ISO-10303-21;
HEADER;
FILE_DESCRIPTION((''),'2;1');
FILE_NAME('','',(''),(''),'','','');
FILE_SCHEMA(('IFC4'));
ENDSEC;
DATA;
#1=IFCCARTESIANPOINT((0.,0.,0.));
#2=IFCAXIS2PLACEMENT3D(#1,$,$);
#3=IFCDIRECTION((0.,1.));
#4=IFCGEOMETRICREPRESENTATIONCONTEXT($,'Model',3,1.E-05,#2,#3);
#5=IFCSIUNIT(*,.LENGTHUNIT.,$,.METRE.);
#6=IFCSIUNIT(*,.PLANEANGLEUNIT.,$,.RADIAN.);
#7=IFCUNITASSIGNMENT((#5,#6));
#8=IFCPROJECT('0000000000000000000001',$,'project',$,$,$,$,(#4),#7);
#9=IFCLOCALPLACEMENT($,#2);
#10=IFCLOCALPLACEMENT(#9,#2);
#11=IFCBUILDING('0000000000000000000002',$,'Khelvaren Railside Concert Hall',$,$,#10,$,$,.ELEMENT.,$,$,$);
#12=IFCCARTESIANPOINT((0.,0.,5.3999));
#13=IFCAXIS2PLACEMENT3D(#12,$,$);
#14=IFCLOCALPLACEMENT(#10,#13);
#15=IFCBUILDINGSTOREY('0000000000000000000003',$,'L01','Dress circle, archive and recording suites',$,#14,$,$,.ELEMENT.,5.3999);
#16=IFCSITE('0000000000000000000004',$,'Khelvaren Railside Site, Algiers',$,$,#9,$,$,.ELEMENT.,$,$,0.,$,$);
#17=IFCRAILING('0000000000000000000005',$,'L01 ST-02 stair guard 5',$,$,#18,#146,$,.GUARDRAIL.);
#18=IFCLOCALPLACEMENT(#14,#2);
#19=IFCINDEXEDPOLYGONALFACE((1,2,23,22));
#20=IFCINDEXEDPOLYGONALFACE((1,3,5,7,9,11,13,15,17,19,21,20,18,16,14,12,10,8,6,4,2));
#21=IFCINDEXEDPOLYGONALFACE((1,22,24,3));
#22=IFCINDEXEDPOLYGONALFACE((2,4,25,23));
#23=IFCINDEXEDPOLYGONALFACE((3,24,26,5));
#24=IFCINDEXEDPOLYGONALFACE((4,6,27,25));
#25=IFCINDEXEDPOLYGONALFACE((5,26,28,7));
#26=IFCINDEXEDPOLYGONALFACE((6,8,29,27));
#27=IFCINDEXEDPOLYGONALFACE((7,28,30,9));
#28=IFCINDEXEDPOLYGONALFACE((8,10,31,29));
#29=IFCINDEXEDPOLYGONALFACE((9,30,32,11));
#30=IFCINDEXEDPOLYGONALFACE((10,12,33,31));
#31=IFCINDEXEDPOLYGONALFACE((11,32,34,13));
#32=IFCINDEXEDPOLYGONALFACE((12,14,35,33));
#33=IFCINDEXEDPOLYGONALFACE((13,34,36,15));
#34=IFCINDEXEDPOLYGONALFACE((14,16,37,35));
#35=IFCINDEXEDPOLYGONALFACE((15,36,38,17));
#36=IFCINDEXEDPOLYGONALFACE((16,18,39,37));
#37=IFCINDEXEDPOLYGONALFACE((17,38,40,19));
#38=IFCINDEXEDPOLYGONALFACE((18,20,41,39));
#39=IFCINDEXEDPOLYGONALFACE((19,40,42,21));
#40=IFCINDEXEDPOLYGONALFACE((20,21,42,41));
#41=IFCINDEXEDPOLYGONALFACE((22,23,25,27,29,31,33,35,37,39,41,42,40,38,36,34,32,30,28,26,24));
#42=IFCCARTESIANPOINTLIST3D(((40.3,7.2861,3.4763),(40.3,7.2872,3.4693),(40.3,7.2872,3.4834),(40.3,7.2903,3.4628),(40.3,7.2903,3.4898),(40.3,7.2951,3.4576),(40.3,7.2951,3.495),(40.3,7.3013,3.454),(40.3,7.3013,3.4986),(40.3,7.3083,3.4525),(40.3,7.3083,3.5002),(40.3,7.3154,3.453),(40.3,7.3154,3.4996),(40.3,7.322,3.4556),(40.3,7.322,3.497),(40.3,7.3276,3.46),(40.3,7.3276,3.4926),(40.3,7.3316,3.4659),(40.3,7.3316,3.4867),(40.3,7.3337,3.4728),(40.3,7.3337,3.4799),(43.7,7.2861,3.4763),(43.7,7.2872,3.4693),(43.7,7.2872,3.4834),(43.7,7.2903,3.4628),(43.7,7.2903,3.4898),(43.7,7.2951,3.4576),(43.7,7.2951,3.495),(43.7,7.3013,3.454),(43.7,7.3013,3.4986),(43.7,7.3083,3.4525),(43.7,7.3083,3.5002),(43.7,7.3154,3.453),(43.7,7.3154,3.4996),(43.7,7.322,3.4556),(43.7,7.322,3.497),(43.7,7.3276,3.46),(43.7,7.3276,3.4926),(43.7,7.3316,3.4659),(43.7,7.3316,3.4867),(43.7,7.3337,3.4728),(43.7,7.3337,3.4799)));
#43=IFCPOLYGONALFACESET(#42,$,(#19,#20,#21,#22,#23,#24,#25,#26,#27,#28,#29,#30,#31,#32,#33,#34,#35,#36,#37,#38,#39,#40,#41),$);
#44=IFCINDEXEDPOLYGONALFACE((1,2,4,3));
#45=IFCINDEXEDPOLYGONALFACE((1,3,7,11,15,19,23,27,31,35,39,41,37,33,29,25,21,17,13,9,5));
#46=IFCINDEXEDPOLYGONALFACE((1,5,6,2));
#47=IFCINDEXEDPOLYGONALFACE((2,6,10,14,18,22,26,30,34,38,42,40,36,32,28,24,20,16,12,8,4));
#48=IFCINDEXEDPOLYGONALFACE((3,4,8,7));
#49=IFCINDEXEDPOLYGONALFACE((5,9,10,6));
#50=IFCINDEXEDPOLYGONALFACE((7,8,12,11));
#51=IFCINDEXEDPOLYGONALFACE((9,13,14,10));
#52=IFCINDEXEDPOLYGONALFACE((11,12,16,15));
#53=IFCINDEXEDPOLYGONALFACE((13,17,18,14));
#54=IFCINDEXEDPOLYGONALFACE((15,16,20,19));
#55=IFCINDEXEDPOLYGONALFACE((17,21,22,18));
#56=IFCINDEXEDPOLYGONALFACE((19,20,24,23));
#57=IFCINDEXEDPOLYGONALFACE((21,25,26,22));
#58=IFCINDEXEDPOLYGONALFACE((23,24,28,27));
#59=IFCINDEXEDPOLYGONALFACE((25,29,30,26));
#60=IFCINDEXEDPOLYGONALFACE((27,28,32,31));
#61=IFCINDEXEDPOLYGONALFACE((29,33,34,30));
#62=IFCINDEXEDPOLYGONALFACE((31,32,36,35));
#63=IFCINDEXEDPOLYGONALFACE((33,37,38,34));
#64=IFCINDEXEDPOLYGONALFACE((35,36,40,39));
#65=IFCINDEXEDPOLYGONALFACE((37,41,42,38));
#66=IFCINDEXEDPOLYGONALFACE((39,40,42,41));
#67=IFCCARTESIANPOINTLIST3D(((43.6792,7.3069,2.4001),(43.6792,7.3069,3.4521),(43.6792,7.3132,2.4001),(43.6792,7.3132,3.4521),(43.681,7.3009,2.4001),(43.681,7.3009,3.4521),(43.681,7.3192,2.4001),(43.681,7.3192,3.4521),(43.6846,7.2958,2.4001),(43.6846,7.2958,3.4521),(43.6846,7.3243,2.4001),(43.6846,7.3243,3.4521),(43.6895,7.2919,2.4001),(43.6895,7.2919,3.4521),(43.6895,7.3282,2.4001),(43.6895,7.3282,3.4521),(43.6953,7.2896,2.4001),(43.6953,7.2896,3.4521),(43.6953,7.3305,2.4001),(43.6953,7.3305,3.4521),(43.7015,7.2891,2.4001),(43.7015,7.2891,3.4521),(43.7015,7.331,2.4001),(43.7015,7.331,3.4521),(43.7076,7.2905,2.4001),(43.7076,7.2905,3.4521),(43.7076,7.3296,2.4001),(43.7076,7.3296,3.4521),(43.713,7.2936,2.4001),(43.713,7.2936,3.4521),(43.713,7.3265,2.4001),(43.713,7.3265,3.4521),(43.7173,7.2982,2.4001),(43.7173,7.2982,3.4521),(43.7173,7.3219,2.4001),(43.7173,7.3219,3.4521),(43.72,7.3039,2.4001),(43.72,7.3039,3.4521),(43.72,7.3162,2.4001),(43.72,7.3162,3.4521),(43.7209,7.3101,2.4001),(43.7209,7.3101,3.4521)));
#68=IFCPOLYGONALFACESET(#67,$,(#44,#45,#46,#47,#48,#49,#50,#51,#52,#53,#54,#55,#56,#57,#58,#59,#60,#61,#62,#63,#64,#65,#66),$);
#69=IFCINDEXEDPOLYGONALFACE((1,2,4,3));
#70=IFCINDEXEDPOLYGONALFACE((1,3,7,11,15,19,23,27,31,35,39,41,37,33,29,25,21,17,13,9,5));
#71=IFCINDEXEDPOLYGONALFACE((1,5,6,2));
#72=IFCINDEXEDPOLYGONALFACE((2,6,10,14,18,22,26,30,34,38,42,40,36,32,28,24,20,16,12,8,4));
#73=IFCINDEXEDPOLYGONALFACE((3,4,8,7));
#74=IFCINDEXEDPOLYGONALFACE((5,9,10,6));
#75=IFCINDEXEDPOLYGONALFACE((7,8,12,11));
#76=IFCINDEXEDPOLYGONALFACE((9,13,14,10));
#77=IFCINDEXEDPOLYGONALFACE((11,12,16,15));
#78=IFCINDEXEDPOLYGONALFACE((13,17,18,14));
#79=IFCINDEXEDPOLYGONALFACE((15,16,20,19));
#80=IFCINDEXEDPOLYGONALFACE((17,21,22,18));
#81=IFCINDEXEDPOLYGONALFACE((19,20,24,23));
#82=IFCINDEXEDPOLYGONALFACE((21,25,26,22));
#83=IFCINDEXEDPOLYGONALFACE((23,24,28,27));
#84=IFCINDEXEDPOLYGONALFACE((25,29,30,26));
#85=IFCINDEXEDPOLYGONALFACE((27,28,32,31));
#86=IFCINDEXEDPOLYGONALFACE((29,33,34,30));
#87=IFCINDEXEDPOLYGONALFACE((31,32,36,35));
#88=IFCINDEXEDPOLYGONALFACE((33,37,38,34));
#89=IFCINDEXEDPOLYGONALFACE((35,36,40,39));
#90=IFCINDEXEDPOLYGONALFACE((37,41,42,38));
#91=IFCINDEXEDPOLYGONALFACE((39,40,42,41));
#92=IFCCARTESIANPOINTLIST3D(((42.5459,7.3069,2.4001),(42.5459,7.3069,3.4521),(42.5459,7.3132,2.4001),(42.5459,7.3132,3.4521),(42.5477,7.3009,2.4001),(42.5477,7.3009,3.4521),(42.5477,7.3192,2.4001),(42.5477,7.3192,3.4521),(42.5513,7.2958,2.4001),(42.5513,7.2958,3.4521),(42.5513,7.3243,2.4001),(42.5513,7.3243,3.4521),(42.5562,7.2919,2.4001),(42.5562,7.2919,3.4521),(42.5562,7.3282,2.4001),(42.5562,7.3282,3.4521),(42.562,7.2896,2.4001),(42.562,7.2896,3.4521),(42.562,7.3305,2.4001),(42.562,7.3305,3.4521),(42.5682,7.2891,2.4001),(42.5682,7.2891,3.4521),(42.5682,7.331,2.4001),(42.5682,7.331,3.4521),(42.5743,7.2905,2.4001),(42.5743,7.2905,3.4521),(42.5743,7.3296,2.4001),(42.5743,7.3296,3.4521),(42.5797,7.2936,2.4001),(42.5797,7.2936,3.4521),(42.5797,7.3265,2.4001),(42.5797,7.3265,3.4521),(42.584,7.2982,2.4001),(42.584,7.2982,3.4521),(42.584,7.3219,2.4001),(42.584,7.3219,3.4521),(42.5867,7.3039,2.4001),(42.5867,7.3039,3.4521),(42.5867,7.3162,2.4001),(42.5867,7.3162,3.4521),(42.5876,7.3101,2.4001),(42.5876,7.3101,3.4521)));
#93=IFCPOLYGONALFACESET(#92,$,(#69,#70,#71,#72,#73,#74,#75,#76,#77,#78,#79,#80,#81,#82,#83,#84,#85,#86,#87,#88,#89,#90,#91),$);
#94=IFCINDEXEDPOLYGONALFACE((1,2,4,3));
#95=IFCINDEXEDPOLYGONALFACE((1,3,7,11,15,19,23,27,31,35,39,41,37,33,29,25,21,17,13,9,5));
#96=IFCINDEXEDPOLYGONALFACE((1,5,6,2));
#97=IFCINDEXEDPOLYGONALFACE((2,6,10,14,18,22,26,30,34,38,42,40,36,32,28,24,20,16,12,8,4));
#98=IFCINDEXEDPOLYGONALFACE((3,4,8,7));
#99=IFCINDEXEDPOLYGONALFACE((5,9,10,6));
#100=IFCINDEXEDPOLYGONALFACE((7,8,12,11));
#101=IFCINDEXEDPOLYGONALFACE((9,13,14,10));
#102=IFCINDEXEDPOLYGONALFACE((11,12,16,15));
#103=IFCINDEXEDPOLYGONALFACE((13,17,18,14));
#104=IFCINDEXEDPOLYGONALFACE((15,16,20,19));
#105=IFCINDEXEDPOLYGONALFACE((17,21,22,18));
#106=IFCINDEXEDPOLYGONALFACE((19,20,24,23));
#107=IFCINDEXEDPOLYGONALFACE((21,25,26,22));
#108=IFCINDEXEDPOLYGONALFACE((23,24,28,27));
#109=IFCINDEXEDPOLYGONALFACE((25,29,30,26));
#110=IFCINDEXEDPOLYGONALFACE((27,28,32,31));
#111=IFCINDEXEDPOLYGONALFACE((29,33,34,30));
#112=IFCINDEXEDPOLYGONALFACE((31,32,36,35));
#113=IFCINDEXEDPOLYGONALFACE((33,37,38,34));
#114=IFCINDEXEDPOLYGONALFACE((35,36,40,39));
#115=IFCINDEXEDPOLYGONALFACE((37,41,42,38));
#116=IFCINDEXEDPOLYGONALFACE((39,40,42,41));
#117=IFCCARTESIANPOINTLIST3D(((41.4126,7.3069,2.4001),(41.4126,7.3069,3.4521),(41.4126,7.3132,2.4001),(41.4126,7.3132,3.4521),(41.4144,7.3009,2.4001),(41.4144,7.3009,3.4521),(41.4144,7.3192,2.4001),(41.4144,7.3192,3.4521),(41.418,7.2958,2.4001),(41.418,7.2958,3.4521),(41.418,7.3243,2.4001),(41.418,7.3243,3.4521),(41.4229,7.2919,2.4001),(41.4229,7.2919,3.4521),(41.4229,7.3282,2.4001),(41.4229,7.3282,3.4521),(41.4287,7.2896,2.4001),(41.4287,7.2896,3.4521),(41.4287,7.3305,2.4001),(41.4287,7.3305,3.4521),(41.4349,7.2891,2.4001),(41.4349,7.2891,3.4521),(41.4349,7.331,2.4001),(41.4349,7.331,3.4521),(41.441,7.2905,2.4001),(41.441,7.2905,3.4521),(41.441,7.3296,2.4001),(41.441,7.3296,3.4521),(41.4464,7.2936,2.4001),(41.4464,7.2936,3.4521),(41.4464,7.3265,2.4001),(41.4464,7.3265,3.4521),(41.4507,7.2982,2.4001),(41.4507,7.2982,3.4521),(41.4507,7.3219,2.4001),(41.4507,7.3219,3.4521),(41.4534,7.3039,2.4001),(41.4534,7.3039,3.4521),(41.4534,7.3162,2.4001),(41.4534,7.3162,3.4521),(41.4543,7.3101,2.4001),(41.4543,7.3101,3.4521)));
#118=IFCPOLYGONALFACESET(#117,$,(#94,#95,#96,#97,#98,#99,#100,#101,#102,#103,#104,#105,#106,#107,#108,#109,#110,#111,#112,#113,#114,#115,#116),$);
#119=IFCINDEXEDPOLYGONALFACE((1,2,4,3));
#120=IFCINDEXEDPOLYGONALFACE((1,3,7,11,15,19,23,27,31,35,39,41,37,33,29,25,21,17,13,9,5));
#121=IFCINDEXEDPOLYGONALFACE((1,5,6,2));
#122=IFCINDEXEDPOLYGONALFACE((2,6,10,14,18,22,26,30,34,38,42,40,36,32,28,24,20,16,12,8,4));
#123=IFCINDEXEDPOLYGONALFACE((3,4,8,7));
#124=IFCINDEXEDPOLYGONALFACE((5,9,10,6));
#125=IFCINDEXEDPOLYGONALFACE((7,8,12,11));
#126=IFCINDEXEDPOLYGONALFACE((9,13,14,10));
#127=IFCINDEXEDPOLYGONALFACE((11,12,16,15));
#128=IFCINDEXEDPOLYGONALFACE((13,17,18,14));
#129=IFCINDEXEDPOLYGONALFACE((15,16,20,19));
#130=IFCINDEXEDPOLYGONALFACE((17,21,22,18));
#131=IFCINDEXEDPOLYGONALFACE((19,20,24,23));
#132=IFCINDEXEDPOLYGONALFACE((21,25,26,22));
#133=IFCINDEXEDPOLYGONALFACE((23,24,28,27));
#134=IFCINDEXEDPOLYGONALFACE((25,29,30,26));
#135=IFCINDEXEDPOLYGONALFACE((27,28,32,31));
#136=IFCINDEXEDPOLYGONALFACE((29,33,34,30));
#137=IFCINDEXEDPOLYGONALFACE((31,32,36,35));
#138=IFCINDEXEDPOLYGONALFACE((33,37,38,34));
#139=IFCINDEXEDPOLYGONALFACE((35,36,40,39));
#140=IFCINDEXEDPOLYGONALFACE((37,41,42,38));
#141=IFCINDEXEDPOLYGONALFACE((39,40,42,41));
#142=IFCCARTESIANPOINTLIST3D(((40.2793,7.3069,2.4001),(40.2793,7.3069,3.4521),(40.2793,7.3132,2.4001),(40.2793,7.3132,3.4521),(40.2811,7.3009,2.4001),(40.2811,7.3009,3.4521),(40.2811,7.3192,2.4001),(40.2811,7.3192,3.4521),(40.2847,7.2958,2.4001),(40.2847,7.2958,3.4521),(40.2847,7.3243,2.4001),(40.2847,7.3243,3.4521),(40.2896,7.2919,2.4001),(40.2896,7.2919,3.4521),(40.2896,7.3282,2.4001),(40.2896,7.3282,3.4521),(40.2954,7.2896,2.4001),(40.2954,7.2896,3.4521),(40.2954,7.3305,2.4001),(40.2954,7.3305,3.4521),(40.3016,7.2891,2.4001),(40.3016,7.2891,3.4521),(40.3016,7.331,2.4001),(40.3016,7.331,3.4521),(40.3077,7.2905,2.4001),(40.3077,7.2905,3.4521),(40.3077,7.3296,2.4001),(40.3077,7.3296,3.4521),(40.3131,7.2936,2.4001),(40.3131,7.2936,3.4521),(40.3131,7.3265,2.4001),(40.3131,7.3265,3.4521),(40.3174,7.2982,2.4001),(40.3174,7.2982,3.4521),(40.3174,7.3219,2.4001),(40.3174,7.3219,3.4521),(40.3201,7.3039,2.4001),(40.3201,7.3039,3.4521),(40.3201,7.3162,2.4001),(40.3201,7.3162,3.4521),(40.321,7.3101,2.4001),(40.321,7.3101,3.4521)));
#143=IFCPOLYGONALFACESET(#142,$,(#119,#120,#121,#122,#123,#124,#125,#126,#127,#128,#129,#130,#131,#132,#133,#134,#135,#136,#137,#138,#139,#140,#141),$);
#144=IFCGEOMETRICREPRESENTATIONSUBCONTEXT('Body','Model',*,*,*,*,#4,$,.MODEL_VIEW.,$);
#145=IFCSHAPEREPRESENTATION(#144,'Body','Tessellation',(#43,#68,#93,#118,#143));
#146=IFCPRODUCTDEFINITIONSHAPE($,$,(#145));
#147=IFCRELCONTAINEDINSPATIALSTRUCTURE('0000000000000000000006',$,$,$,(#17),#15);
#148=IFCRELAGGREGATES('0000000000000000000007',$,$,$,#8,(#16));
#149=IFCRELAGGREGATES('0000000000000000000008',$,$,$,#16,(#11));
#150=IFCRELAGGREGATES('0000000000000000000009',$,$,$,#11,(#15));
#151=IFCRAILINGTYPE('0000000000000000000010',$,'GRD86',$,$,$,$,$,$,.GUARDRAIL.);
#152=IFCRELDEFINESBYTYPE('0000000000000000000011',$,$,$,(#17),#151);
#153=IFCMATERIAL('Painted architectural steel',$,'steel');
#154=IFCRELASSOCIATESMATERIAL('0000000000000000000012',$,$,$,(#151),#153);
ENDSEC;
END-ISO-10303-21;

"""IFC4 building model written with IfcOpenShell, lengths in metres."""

from ifc_helpers import new_model, si_unit, direction, frame, origin, origin_2d, place, context, subcontext, project, spatial, circle, extrude, material, type_object, element, save


model = new_model("IFC4")

# Units and contexts
model_context = context("Model", 3, precision=1e-05, world=origin(), true_north=direction((0.0, 1.0)))
body_context = subcontext(model_context, "Body", "Model", "MODEL_VIEW")
ifc_project = project(units=[si_unit("LENGTHUNIT", "METRE"), si_unit("PLANEANGLEUNIT", "RADIAN")], contexts=[model_context])

# Site, building, storey
site_placement = place(None, origin())
site = spatial("IfcSite", under=ifc_project, at=site_placement, Name="Khelvaren Railside Site, Algiers", CompositionType="ELEMENT", RefElevation=0.0)
building_placement = place(site_placement, origin())
building = spatial("IfcBuilding", under=site, at=building_placement, Name="Khelvaren Railside Concert Hall", CompositionType="ELEMENT")
storey_placement = place(building_placement, frame((0.0, 0.0, 5.3999)))
storey = spatial("IfcBuildingStorey", under=building, at=storey_placement, Name="L01", Description="Dress circle, archive and recording suites", CompositionType="ELEMENT", Elevation=5.3999)

# Railing
ifc_material_1 = material(Name="Painted architectural steel", Category="steel")
railing_type = type_object("IfcRailingType", Name="GRD86", PredefinedType="GUARDRAIL", material=ifc_material_1)
railing_1_placement = place(storey_placement, frame((43.7, 7.3101, 2.4001)))
element("IfcRailing", 1, at=railing_1_placement, inside=storey, type_object=railing_type, Name="L01 ST-02 stair guard 5", PredefinedType="GUARDRAIL", context=body_context, shape_type="SweptSolid", body=[
    extrude(circle(Radius=0.0239, at=origin_2d()), frame((0.0, 0.0, 1.0762), z_axis=(-1.0, 0.0, 0.0), x_axis=(0.0, -1.0, 0.0)), (0.0, 0.0, 1.0), 3.3999),
    extrude(circle(Radius=0.021, at=origin_2d()), origin(), (0.0, 0.0, 1.0), 1.052),
    extrude(circle(Radius=0.021, at=origin_2d()), frame((-1.1333, 0.0, 0.0)), (0.0, 0.0, 1.0), 1.052),
    extrude(circle(Radius=0.021, at=origin_2d()), frame((-2.2666, 0.0, 0.0)), (0.0, 0.0, 1.0), 1.052),
    extrude(circle(Radius=0.021, at=origin_2d()), frame((-3.3999, 0.0, 0.0)), (0.0, 0.0, 1.0), 1.052),
])

save(model, "model.ifc")
